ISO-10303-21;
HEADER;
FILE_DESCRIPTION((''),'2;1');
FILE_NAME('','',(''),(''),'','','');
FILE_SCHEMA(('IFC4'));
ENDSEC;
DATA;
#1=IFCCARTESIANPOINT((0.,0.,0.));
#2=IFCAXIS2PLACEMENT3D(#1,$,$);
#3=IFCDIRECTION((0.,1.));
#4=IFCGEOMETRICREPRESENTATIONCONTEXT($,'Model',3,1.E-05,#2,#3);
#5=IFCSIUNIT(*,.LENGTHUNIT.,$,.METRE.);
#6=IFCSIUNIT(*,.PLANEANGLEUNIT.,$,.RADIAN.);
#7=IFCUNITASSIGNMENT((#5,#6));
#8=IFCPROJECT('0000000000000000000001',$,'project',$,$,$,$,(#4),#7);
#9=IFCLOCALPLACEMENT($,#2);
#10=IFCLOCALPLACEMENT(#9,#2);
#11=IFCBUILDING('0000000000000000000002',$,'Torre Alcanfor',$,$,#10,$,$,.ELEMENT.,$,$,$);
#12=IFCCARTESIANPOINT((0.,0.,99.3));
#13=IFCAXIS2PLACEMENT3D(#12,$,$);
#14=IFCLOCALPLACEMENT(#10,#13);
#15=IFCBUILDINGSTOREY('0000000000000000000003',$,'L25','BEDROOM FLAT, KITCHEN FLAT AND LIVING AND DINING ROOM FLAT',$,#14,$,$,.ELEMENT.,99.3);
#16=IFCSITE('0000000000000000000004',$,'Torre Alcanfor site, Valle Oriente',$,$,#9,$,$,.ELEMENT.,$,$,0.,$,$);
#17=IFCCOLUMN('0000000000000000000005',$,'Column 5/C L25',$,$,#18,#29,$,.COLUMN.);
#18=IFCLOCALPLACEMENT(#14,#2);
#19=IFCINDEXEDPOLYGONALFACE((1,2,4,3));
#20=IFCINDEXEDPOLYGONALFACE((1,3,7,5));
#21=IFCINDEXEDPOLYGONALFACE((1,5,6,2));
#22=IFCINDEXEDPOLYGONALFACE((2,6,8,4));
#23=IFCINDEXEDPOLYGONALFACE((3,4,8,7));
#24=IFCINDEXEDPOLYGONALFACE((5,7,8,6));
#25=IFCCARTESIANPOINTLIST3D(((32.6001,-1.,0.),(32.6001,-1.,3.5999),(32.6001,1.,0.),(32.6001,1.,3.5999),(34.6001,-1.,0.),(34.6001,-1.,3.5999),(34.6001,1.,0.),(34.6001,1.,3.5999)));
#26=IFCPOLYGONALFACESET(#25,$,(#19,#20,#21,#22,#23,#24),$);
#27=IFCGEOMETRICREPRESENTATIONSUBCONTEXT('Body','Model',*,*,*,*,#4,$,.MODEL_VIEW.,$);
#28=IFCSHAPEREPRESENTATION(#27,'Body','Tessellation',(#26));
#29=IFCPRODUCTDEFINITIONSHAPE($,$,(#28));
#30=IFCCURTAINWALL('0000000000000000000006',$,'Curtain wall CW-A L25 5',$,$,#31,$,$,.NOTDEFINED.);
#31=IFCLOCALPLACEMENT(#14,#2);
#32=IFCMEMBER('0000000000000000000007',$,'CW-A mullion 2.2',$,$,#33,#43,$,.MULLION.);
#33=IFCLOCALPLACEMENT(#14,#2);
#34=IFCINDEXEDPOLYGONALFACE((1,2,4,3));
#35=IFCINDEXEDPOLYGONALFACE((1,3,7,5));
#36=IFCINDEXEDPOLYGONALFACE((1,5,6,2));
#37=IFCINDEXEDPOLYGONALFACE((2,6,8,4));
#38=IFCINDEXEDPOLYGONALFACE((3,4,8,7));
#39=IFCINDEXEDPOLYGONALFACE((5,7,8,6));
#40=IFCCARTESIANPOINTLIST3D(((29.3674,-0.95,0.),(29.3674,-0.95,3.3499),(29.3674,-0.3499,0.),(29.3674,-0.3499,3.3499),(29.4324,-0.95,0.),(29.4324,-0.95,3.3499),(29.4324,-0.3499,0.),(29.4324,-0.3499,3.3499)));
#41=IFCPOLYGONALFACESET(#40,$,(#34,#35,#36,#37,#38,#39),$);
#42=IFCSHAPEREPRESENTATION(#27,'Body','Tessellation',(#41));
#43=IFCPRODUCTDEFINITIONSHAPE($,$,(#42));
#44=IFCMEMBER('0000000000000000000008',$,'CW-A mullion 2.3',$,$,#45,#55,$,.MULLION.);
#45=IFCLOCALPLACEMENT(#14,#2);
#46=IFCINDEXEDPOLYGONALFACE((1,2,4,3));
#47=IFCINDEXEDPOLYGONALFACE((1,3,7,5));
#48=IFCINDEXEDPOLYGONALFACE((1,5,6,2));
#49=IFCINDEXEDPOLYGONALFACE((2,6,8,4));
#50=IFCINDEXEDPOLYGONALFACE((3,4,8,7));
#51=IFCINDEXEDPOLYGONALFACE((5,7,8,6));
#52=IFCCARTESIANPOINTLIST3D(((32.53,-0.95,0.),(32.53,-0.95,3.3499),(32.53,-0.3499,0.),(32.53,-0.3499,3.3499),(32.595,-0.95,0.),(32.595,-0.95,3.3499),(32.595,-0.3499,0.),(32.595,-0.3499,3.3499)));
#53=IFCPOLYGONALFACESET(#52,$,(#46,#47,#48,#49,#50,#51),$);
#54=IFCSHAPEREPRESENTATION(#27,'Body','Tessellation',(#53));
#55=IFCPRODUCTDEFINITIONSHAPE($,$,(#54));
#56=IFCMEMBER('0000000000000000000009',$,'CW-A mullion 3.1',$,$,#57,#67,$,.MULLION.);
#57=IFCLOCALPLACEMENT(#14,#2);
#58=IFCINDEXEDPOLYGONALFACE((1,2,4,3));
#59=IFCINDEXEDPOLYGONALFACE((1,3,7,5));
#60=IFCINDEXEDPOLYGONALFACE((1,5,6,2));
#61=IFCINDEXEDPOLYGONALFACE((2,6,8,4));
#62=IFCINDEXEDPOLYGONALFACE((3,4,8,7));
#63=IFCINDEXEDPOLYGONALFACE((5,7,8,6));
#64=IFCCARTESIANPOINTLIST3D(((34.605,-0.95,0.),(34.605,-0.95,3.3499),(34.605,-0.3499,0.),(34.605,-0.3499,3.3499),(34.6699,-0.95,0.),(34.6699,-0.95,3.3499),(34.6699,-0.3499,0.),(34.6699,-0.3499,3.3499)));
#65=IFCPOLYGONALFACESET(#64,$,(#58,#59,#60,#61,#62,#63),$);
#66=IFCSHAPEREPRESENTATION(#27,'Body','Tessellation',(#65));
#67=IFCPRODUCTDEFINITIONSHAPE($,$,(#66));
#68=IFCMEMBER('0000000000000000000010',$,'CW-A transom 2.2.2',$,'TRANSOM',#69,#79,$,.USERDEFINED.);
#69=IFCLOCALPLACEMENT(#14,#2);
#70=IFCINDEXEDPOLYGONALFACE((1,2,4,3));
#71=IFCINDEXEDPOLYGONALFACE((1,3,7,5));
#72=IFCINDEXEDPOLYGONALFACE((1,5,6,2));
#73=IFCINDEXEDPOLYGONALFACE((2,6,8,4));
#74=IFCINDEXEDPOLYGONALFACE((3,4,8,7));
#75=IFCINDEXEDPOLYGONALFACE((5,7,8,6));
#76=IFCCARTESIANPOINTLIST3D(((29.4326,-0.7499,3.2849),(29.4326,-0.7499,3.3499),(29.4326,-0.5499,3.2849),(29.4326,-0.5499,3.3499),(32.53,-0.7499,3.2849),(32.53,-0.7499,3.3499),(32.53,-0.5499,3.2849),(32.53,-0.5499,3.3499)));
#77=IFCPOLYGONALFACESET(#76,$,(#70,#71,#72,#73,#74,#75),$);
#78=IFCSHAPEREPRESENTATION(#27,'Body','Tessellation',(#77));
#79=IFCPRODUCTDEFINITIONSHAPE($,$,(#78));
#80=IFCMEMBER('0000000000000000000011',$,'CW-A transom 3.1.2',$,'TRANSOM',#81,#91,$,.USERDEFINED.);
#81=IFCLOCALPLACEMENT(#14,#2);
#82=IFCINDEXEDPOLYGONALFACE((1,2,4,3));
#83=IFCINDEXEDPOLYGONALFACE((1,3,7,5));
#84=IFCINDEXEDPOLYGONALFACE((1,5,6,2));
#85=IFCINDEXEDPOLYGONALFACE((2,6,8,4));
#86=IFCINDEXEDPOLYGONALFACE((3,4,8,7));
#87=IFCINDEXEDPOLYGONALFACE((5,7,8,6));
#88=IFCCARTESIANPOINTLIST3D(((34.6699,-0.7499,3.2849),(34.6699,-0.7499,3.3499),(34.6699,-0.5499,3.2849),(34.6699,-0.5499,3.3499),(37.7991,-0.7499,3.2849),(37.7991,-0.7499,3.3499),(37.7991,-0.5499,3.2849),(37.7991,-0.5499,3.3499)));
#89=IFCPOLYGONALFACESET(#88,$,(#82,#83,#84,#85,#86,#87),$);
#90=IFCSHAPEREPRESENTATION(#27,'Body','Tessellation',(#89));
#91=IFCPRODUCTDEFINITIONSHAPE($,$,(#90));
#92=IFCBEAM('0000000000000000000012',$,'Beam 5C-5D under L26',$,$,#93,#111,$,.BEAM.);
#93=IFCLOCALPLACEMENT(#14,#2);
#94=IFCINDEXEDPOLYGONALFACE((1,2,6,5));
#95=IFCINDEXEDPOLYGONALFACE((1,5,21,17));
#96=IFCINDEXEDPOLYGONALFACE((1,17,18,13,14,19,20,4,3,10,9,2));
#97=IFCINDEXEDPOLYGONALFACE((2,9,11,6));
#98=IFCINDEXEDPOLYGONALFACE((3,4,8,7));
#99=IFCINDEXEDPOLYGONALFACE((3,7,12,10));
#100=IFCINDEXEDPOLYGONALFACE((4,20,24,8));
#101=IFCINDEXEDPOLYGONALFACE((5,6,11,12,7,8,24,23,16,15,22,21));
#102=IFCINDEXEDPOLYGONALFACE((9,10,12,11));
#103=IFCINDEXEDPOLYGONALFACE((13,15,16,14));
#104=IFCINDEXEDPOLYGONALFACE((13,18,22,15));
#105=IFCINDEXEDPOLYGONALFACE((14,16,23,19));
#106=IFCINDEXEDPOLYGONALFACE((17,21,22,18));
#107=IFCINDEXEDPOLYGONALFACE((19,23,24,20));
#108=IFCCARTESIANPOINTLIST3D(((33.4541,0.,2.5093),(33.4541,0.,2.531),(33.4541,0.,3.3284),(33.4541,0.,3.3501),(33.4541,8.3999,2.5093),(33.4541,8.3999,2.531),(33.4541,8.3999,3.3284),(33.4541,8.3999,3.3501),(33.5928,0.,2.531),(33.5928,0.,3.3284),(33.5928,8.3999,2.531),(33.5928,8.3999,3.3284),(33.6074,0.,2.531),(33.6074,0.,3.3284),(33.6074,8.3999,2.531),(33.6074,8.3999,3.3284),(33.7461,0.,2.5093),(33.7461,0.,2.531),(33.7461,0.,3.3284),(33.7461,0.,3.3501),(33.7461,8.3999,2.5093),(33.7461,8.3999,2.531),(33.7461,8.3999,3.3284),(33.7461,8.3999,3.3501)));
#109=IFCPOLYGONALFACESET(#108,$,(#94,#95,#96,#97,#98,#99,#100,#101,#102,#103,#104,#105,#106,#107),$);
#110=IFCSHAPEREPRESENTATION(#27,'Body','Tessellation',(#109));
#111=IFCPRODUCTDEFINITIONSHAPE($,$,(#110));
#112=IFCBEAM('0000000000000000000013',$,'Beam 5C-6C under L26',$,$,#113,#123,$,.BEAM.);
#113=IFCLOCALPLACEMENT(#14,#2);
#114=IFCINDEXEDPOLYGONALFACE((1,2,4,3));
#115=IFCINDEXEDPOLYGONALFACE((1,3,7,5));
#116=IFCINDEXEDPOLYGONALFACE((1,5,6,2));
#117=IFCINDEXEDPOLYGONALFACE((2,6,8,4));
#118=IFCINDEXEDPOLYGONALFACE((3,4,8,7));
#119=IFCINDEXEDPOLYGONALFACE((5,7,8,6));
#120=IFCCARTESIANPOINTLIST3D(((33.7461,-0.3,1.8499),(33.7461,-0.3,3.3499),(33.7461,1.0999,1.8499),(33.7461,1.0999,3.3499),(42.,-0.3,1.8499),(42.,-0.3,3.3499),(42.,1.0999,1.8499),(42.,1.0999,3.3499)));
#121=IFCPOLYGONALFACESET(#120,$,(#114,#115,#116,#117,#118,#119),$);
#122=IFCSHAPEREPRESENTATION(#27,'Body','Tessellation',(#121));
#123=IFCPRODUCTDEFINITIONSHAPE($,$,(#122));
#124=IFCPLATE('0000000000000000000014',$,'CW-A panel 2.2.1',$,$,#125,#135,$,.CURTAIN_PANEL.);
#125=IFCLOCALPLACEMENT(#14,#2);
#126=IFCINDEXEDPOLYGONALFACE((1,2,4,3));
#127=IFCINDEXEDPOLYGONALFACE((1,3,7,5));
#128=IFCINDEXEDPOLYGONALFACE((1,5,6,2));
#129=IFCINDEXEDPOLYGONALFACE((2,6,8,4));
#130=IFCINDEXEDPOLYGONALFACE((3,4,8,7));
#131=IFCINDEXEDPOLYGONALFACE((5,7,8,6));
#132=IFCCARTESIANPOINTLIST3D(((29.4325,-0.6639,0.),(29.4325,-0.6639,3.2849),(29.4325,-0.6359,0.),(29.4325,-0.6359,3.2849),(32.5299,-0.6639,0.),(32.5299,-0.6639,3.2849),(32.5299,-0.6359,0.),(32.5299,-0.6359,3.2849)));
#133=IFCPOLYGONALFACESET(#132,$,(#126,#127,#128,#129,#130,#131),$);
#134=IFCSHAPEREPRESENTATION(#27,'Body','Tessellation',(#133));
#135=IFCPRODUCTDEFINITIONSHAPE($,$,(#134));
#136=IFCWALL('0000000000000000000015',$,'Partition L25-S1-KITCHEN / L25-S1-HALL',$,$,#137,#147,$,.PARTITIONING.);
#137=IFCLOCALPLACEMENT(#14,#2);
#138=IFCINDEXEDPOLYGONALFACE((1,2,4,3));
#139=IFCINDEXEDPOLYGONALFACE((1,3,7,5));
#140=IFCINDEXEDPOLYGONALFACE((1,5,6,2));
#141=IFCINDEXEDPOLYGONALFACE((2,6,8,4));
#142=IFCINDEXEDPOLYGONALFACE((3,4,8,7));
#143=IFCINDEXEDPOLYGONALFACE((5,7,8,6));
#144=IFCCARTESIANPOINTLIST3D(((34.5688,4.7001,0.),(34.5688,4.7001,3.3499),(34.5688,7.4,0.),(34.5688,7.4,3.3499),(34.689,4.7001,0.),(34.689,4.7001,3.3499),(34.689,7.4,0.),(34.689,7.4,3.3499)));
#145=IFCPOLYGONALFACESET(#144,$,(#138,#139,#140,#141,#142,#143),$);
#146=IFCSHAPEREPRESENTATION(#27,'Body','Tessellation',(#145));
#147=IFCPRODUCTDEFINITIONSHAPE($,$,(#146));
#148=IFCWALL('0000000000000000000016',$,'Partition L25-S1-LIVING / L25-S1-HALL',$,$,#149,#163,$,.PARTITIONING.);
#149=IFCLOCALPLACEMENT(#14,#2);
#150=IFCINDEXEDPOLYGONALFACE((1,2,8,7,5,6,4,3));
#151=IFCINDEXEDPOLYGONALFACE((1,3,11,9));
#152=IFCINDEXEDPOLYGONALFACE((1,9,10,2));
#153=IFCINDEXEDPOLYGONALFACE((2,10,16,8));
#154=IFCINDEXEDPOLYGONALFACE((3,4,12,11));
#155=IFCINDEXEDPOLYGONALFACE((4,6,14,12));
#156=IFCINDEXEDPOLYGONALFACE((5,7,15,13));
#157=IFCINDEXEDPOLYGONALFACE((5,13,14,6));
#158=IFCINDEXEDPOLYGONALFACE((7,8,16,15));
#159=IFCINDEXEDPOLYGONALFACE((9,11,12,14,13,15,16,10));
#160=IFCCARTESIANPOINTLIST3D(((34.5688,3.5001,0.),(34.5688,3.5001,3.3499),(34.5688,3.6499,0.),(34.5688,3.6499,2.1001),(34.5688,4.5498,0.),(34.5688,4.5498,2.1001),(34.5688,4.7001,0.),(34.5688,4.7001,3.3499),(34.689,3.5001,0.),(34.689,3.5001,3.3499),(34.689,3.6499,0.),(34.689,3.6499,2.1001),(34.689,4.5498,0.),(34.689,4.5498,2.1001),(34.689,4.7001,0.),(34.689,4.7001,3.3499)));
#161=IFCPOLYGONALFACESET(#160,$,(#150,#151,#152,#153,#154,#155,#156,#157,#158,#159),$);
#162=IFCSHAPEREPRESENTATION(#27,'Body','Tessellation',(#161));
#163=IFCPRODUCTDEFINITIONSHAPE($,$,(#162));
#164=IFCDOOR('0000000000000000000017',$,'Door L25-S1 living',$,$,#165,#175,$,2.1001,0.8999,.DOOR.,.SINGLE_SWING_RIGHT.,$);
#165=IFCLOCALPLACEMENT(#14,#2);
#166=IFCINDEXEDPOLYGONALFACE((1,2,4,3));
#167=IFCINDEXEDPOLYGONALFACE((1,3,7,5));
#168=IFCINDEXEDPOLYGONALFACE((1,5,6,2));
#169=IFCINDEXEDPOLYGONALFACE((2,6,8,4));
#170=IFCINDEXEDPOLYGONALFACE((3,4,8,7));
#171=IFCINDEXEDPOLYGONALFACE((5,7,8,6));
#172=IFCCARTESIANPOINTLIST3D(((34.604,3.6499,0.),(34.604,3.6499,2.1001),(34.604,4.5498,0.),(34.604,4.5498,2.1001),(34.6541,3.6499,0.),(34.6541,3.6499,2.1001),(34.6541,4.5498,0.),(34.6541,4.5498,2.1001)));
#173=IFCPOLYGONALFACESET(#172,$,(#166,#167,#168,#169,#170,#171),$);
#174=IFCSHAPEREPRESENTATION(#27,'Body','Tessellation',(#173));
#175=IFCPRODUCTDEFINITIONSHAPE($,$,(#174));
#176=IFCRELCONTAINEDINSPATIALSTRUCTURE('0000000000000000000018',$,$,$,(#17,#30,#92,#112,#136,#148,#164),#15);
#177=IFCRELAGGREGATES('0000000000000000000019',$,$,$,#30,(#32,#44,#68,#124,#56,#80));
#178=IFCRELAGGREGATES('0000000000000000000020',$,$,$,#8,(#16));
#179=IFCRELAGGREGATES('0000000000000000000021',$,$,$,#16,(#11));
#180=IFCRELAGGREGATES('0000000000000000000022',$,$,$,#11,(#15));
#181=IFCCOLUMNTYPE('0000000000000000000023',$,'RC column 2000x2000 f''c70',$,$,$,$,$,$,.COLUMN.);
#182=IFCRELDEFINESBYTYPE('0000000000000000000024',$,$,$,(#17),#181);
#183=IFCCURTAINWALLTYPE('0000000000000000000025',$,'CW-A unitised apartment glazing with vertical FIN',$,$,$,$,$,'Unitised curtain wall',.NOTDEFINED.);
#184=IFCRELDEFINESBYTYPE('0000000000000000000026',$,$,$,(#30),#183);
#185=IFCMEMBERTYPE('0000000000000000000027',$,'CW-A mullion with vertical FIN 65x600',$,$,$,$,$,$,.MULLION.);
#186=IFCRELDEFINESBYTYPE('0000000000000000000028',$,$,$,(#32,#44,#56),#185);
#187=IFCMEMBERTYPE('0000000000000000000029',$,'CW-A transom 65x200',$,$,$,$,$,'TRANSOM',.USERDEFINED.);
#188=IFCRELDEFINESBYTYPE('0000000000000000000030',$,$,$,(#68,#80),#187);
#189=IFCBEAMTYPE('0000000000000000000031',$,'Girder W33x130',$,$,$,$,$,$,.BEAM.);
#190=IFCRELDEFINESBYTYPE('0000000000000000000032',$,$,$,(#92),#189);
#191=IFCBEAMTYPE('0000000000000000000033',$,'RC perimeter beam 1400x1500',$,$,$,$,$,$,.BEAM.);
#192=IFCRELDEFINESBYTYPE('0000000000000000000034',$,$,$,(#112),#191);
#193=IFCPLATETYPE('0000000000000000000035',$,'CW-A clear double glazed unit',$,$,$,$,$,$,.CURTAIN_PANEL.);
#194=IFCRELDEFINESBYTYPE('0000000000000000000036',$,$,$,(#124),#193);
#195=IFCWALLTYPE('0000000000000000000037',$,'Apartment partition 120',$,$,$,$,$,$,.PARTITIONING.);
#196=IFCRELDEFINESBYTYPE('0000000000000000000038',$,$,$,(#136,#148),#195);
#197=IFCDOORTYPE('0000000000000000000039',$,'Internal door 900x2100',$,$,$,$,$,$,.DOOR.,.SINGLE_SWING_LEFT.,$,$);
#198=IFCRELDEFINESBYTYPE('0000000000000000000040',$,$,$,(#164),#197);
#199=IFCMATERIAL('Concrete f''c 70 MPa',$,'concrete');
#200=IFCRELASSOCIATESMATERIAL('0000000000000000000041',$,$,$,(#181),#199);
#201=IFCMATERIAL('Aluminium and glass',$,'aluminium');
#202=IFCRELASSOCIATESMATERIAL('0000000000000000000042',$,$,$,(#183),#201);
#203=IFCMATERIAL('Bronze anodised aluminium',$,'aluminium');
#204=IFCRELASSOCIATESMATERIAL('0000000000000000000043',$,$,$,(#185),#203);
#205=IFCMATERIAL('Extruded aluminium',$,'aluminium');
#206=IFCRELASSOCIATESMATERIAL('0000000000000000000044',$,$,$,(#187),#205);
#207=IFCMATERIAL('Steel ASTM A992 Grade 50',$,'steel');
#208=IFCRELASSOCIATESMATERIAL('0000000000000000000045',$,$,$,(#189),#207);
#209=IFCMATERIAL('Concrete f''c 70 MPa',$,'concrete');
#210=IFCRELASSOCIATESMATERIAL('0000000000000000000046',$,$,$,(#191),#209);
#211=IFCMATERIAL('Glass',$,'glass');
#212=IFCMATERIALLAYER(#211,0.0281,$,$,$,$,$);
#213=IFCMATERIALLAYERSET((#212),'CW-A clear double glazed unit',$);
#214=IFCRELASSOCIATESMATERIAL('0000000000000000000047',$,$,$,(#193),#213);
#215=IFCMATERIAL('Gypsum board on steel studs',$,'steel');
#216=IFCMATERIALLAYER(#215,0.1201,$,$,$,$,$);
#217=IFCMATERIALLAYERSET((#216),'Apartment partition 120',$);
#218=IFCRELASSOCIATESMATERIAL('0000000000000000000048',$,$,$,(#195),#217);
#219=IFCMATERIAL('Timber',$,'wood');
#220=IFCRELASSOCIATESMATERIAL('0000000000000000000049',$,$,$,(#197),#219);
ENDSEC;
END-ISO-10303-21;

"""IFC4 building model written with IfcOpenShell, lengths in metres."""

from ifc_helpers import new_model, si_unit, direction, frame, frame_2d, origin, origin_2d, place, context, subcontext, project, spatial, rectangle, i_section, extrude, material, layer, layer_set, material_profile, profile_set, type_object, element, fill, aggregate, save


model = new_model("IFC4")

# Units and contexts
model_context = context("Model", 3, precision=1e-05, world=origin(), true_north=direction((0.0, 1.0)))
body_context = subcontext(model_context, "Body", "Model", "MODEL_VIEW")
ifc_project = project(units=[si_unit("LENGTHUNIT", "METRE"), si_unit("PLANEANGLEUNIT", "RADIAN")], contexts=[model_context])

# Site, building, storey
site_placement = place(None, origin())
site = spatial("IfcSite", under=ifc_project, at=site_placement, Name="Torre Alcanfor site, Valle Oriente", CompositionType="ELEMENT", RefElevation=0.0)
building_placement = place(site_placement, origin())
building = spatial("IfcBuilding", under=site, at=building_placement, Name="Torre Alcanfor", CompositionType="ELEMENT")
storey_placement = place(building_placement, frame((0.0, 0.0, 99.3)))
storey = spatial("IfcBuildingStorey", under=building, at=storey_placement, Name="L25", Description="BEDROOM FLAT, KITCHEN FLAT AND LIVING AND DINING ROOM FLAT", CompositionType="ELEMENT", Elevation=99.3)

# Column
ifc_material_1 = material(Name="Concrete f'c 70 MPa", Category="concrete")
ifc_material_profile_1 = material_profile(ifc_material_1, rectangle(XDim=2.0, YDim=2.0, at=origin_2d()), Name="2000x2000")
ifc_profile_set_1 = profile_set([ifc_material_profile_1], Name="Concrete f'c 70 MPa")
column_type = type_object("IfcColumnType", Name="RC column 2000x2000 f'c70", PredefinedType="COLUMN", material=ifc_profile_set_1)
column_placement = place(storey_placement, frame((33.6001, 0.0, 0.0), z_axis=(0.0, 0.0, 1.0), x_axis=(1.0, 0.0, 0.0)))
element("IfcColumn", 1, at=column_placement, inside=storey, type_object=column_type, Name="Column 5/C L25", PredefinedType="COLUMN", context=body_context, shape_type="SweptSolid", body=[
    extrude(rectangle(XDim=2.0, YDim=2.0, at=origin_2d()), origin(), (0.0, 0.0, 1.0), 3.5999),
])

# Curtain wall, members
ifc_material_2 = material(Name="Aluminium and glass", Category="aluminium")
curtain_wall_type = type_object("IfcCurtainWallType", Name="CW-A unitised apartment glazing with vertical FIN", ElementType="Unitised curtain wall", PredefinedType="NOTDEFINED", material=ifc_material_2)
curtain_wall_placement = place(storey_placement, origin())
curtain_wall = element("IfcCurtainWall", 2, at=curtain_wall_placement, inside=storey, type_object=curtain_wall_type, Name="Curtain wall CW-A L25 5", PredefinedType="NOTDEFINED")
ifc_material_3 = material(Name="Bronze anodised aluminium", Category="aluminium")
ifc_material_profile_2 = material_profile(ifc_material_3, rectangle(XDim=0.6001, YDim=0.0649, at=origin_2d()), Name="CW-A mullion 65x600")
ifc_profile_set_2 = profile_set([ifc_material_profile_2], Name="Bronze anodised aluminium")
member_type_1 = type_object("IfcMemberType", Name="CW-A mullion with vertical FIN 65x600", PredefinedType="MULLION", material=ifc_profile_set_2)
member_1_placement = place(storey_placement, frame((29.3999, -0.6499, 0.0), z_axis=(0.0, 0.0, 1.0), x_axis=(0.0, 1.0, 0.0)))
member_1 = element("IfcMember", 3, at=member_1_placement, type_object=member_type_1, Name="CW-A mullion 2.2", PredefinedType="MULLION", context=body_context, shape_type="SweptSolid", body=[
    extrude(rectangle(XDim=0.6001, YDim=0.0649, at=origin_2d()), origin(), (0.0, 0.0, 1.0), 3.3499),
])
member_2_placement = place(storey_placement, frame((32.5625, -0.6499, 0.0), z_axis=(0.0, 0.0, 1.0), x_axis=(0.0, 1.0, 0.0)))
member_2 = element("IfcMember", 4, at=member_2_placement, type_object=member_type_1, Name="CW-A mullion 2.3", PredefinedType="MULLION", context=body_context, shape_type="SweptSolid", body=[
    extrude(rectangle(XDim=0.6001, YDim=0.0649, at=origin_2d()), origin(), (0.0, 0.0, 1.0), 3.3499),
])
member_3_placement = place(storey_placement, frame((34.6375, -0.6499, 0.0), z_axis=(0.0, 0.0, 1.0), x_axis=(0.0, 1.0, 0.0)))
member_3 = element("IfcMember", 5, at=member_3_placement, type_object=member_type_1, Name="CW-A mullion 3.1", PredefinedType="MULLION", context=body_context, shape_type="SweptSolid", body=[
    extrude(rectangle(XDim=0.6001, YDim=0.0649, at=origin_2d()), origin(), (0.0, 0.0, 1.0), 3.3499),
])
ifc_material_4 = material(Name="Extruded aluminium", Category="aluminium")
ifc_material_profile_3 = material_profile(ifc_material_4, rectangle(XDim=0.2, YDim=0.0649, at=origin_2d()), Name="CW-A transom 200x65")
ifc_profile_set_3 = profile_set([ifc_material_profile_3], Name="Extruded aluminium")
member_type_2 = type_object("IfcMemberType", Name="CW-A transom 65x200", ElementType="TRANSOM", PredefinedType="USERDEFINED", material=ifc_profile_set_3)
member_4_placement = place(storey_placement, frame((29.4326, -0.6499, 3.3174), z_axis=(1.0, 0.0, 0.0), x_axis=(0.0, 1.0, 0.0)))
member_4 = element("IfcMember", 6, at=member_4_placement, type_object=member_type_2, Name="CW-A transom 2.2.2", ObjectType="TRANSOM", PredefinedType="USERDEFINED", context=body_context, shape_type="SweptSolid", body=[
    extrude(rectangle(XDim=0.2, YDim=0.0649, at=origin_2d()), origin(), (0.0, 0.0, 1.0), 3.0974),
])
member_5_placement = place(storey_placement, frame((34.6699, -0.6499, 3.3174), z_axis=(1.0, 0.0, 0.0), x_axis=(0.0, 1.0, 0.0)))
member_5 = element("IfcMember", 7, at=member_5_placement, type_object=member_type_2, Name="CW-A transom 3.1.2", ObjectType="TRANSOM", PredefinedType="USERDEFINED", context=body_context, shape_type="SweptSolid", body=[
    extrude(rectangle(XDim=0.2, YDim=0.0649, at=origin_2d()), origin(), (0.0, 0.0, 1.0), 3.1292),
])

# Beams
ifc_material_5 = material(Name="Steel ASTM A992 Grade 50", Category="steel")
ifc_material_profile_4 = material_profile(ifc_material_5, i_section(OverallWidth=0.292, OverallDepth=0.8408, WebThickness=0.0146, FlangeThickness=0.0217, at=origin_2d()), Name="W33x130")
ifc_profile_set_4 = profile_set([ifc_material_profile_4], Name="Steel ASTM A992 Grade 50")
beam_type_1 = type_object("IfcBeamType", Name="Girder W33x130", PredefinedType="BEAM", material=ifc_profile_set_4)
beam_1_placement = place(storey_placement, frame((33.6001, 0.0, 2.9297), z_axis=(0.0, 1.0, 0.0), x_axis=(-1.0, 0.0, 0.0)))
element("IfcBeam", 8, at=beam_1_placement, inside=storey, type_object=beam_type_1, Name="Beam 5C-5D under L26", PredefinedType="BEAM", context=body_context, shape_type="SweptSolid", body=[
    extrude(i_section(OverallWidth=0.292, OverallDepth=0.8408, WebThickness=0.0146, FlangeThickness=0.0217, at=origin_2d()), origin(), (0.0, 0.0, 1.0), 8.3999),
])
ifc_material_6 = material(Name="Concrete f'c 70 MPa", Category="concrete")
ifc_material_profile_5 = material_profile(ifc_material_6, rectangle(XDim=1.3999, YDim=1.5, at=origin_2d()), Name="1400x1500")
ifc_profile_set_5 = profile_set([ifc_material_profile_5], Name="Concrete f'c 70 MPa")
beam_type_2 = type_object("IfcBeamType", Name="RC perimeter beam 1400x1500", PredefinedType="BEAM", material=ifc_profile_set_5)
beam_2_placement = place(storey_placement, frame((33.7461, 0.3999, 2.5999), z_axis=(1.0, 0.0, 0.0), x_axis=(0.0, 1.0, 0.0)))
element("IfcBeam", 9, at=beam_2_placement, inside=storey, type_object=beam_type_2, Name="Beam 5C-6C under L26", PredefinedType="BEAM", context=body_context, shape_type="SweptSolid", body=[
    extrude(rectangle(XDim=1.3999, YDim=1.5, at=origin_2d()), origin(), (0.0, 0.0, 1.0), 8.2539),
])

# Plate
ifc_material_7 = material(Name="Glass", Category="glass")
ifc_layer_1 = layer(ifc_material_7, 0.0281)
ifc_layer_set_1 = layer_set([ifc_layer_1], Name="CW-A clear double glazed unit")
plate_type = type_object("IfcPlateType", Name="CW-A clear double glazed unit", PredefinedType="CURTAIN_PANEL", material=ifc_layer_set_1)
plate_placement = place(storey_placement, frame((30.9812, -0.6499, 0.0), z_axis=(0.0, 0.0, 1.0), x_axis=(1.0, 0.0, 0.0)))
plate = element("IfcPlate", 10, at=plate_placement, type_object=plate_type, Name="CW-A panel 2.2.1", PredefinedType="CURTAIN_PANEL", context=body_context, shape_type="SweptSolid", body=[
    extrude(rectangle(XDim=3.0974, YDim=0.0281, at=origin_2d()), origin(), (0.0, 0.0, 1.0), 3.2849),
])
aggregate(curtain_wall, [member_1, member_2, member_4, plate, member_3, member_5])

# Wall
ifc_material_8 = material(Name="Gypsum board on steel studs", Category="steel")
ifc_layer_2 = layer(ifc_material_8, 0.1201)
ifc_layer_set_2 = layer_set([ifc_layer_2], Name="Apartment partition 120")
wall_type_1 = type_object("IfcWallType", Name="Apartment partition 120", PredefinedType="PARTITIONING", material=ifc_layer_set_2)
wall_1_placement = place(storey_placement, frame((34.6289, 4.7, 0.0), z_axis=(0.0, 0.0, 1.0), x_axis=(0.0, 1.0, 0.0)))
element("IfcWall", 11, at=wall_1_placement, inside=storey, type_object=wall_type_1, Name="Partition L25-S1-KITCHEN / L25-S1-HALL", PredefinedType="PARTITIONING", context=body_context, shape_type="SweptSolid", body=[
    extrude(rectangle(XDim=2.7, YDim=0.1201, at=frame_2d((1.3501, 0.0))), origin(), (0.0, 0.0, 1.0), 3.3499),
])

# Wall, opening, door
wall_2_placement = place(storey_placement, frame((34.6289, 3.5, 0.0), z_axis=(0.0, 0.0, 1.0), x_axis=(0.0, 1.0, 0.0)))
wall_2 = element("IfcWall", 12, at=wall_2_placement, inside=storey, type_object=wall_type_1, Name="Partition L25-S1-LIVING / L25-S1-HALL", PredefinedType="PARTITIONING", context=body_context, shape_type="SweptSolid", body=[
    extrude(rectangle(XDim=1.2, YDim=0.1201, at=frame_2d((0.6001, 0.0))), origin(), (0.0, 0.0, 1.0), 3.3499),
])
opening_1_placement = place(wall_2_placement, frame((0.1499, 0.0, 0.0)))
opening_1 = element("IfcOpeningElement", 13, at=opening_1_placement, cuts=wall_2, PredefinedType="OPENING", context=body_context, shape_type="SweptSolid", body=[
    extrude(rectangle(XDim=0.8999, YDim=2.1001, at=frame_2d((0.45, 1.05))), frame((0.0, 0.0701, 0.0), z_axis=(0.0, -1.0, 0.0), x_axis=(1.0, 0.0, 0.0)), (0.0, 0.0, 1.0), 0.1401),
])
ifc_material_9 = material(Name="Timber", Category="wood")
door_type = type_object("IfcDoorType", Name="Internal door 900x2100", OperationType="SINGLE_SWING_LEFT", PredefinedType="DOOR", material=ifc_material_9)
door_1_placement = place(opening_1_placement, origin())
door_1 = element("IfcDoor", 14, at=door_1_placement, inside=storey, type_object=door_type, Name="Door L25-S1 living", OperationType="SINGLE_SWING_RIGHT", OverallHeight=2.1001, OverallWidth=0.8999, PredefinedType="DOOR", context=body_context, shape_type="SweptSolid", body=[
    extrude(rectangle(XDim=0.8999, YDim=2.1001, at=frame_2d((0.45, 1.05))), frame((0.0, 0.0249, 0.0), z_axis=(0.0, -1.0, 0.0), x_axis=(1.0, 0.0, 0.0)), (0.0, 0.0, 1.0), 0.05),
])
fill(opening_1, door_1)

save(model, "model.ifc")
